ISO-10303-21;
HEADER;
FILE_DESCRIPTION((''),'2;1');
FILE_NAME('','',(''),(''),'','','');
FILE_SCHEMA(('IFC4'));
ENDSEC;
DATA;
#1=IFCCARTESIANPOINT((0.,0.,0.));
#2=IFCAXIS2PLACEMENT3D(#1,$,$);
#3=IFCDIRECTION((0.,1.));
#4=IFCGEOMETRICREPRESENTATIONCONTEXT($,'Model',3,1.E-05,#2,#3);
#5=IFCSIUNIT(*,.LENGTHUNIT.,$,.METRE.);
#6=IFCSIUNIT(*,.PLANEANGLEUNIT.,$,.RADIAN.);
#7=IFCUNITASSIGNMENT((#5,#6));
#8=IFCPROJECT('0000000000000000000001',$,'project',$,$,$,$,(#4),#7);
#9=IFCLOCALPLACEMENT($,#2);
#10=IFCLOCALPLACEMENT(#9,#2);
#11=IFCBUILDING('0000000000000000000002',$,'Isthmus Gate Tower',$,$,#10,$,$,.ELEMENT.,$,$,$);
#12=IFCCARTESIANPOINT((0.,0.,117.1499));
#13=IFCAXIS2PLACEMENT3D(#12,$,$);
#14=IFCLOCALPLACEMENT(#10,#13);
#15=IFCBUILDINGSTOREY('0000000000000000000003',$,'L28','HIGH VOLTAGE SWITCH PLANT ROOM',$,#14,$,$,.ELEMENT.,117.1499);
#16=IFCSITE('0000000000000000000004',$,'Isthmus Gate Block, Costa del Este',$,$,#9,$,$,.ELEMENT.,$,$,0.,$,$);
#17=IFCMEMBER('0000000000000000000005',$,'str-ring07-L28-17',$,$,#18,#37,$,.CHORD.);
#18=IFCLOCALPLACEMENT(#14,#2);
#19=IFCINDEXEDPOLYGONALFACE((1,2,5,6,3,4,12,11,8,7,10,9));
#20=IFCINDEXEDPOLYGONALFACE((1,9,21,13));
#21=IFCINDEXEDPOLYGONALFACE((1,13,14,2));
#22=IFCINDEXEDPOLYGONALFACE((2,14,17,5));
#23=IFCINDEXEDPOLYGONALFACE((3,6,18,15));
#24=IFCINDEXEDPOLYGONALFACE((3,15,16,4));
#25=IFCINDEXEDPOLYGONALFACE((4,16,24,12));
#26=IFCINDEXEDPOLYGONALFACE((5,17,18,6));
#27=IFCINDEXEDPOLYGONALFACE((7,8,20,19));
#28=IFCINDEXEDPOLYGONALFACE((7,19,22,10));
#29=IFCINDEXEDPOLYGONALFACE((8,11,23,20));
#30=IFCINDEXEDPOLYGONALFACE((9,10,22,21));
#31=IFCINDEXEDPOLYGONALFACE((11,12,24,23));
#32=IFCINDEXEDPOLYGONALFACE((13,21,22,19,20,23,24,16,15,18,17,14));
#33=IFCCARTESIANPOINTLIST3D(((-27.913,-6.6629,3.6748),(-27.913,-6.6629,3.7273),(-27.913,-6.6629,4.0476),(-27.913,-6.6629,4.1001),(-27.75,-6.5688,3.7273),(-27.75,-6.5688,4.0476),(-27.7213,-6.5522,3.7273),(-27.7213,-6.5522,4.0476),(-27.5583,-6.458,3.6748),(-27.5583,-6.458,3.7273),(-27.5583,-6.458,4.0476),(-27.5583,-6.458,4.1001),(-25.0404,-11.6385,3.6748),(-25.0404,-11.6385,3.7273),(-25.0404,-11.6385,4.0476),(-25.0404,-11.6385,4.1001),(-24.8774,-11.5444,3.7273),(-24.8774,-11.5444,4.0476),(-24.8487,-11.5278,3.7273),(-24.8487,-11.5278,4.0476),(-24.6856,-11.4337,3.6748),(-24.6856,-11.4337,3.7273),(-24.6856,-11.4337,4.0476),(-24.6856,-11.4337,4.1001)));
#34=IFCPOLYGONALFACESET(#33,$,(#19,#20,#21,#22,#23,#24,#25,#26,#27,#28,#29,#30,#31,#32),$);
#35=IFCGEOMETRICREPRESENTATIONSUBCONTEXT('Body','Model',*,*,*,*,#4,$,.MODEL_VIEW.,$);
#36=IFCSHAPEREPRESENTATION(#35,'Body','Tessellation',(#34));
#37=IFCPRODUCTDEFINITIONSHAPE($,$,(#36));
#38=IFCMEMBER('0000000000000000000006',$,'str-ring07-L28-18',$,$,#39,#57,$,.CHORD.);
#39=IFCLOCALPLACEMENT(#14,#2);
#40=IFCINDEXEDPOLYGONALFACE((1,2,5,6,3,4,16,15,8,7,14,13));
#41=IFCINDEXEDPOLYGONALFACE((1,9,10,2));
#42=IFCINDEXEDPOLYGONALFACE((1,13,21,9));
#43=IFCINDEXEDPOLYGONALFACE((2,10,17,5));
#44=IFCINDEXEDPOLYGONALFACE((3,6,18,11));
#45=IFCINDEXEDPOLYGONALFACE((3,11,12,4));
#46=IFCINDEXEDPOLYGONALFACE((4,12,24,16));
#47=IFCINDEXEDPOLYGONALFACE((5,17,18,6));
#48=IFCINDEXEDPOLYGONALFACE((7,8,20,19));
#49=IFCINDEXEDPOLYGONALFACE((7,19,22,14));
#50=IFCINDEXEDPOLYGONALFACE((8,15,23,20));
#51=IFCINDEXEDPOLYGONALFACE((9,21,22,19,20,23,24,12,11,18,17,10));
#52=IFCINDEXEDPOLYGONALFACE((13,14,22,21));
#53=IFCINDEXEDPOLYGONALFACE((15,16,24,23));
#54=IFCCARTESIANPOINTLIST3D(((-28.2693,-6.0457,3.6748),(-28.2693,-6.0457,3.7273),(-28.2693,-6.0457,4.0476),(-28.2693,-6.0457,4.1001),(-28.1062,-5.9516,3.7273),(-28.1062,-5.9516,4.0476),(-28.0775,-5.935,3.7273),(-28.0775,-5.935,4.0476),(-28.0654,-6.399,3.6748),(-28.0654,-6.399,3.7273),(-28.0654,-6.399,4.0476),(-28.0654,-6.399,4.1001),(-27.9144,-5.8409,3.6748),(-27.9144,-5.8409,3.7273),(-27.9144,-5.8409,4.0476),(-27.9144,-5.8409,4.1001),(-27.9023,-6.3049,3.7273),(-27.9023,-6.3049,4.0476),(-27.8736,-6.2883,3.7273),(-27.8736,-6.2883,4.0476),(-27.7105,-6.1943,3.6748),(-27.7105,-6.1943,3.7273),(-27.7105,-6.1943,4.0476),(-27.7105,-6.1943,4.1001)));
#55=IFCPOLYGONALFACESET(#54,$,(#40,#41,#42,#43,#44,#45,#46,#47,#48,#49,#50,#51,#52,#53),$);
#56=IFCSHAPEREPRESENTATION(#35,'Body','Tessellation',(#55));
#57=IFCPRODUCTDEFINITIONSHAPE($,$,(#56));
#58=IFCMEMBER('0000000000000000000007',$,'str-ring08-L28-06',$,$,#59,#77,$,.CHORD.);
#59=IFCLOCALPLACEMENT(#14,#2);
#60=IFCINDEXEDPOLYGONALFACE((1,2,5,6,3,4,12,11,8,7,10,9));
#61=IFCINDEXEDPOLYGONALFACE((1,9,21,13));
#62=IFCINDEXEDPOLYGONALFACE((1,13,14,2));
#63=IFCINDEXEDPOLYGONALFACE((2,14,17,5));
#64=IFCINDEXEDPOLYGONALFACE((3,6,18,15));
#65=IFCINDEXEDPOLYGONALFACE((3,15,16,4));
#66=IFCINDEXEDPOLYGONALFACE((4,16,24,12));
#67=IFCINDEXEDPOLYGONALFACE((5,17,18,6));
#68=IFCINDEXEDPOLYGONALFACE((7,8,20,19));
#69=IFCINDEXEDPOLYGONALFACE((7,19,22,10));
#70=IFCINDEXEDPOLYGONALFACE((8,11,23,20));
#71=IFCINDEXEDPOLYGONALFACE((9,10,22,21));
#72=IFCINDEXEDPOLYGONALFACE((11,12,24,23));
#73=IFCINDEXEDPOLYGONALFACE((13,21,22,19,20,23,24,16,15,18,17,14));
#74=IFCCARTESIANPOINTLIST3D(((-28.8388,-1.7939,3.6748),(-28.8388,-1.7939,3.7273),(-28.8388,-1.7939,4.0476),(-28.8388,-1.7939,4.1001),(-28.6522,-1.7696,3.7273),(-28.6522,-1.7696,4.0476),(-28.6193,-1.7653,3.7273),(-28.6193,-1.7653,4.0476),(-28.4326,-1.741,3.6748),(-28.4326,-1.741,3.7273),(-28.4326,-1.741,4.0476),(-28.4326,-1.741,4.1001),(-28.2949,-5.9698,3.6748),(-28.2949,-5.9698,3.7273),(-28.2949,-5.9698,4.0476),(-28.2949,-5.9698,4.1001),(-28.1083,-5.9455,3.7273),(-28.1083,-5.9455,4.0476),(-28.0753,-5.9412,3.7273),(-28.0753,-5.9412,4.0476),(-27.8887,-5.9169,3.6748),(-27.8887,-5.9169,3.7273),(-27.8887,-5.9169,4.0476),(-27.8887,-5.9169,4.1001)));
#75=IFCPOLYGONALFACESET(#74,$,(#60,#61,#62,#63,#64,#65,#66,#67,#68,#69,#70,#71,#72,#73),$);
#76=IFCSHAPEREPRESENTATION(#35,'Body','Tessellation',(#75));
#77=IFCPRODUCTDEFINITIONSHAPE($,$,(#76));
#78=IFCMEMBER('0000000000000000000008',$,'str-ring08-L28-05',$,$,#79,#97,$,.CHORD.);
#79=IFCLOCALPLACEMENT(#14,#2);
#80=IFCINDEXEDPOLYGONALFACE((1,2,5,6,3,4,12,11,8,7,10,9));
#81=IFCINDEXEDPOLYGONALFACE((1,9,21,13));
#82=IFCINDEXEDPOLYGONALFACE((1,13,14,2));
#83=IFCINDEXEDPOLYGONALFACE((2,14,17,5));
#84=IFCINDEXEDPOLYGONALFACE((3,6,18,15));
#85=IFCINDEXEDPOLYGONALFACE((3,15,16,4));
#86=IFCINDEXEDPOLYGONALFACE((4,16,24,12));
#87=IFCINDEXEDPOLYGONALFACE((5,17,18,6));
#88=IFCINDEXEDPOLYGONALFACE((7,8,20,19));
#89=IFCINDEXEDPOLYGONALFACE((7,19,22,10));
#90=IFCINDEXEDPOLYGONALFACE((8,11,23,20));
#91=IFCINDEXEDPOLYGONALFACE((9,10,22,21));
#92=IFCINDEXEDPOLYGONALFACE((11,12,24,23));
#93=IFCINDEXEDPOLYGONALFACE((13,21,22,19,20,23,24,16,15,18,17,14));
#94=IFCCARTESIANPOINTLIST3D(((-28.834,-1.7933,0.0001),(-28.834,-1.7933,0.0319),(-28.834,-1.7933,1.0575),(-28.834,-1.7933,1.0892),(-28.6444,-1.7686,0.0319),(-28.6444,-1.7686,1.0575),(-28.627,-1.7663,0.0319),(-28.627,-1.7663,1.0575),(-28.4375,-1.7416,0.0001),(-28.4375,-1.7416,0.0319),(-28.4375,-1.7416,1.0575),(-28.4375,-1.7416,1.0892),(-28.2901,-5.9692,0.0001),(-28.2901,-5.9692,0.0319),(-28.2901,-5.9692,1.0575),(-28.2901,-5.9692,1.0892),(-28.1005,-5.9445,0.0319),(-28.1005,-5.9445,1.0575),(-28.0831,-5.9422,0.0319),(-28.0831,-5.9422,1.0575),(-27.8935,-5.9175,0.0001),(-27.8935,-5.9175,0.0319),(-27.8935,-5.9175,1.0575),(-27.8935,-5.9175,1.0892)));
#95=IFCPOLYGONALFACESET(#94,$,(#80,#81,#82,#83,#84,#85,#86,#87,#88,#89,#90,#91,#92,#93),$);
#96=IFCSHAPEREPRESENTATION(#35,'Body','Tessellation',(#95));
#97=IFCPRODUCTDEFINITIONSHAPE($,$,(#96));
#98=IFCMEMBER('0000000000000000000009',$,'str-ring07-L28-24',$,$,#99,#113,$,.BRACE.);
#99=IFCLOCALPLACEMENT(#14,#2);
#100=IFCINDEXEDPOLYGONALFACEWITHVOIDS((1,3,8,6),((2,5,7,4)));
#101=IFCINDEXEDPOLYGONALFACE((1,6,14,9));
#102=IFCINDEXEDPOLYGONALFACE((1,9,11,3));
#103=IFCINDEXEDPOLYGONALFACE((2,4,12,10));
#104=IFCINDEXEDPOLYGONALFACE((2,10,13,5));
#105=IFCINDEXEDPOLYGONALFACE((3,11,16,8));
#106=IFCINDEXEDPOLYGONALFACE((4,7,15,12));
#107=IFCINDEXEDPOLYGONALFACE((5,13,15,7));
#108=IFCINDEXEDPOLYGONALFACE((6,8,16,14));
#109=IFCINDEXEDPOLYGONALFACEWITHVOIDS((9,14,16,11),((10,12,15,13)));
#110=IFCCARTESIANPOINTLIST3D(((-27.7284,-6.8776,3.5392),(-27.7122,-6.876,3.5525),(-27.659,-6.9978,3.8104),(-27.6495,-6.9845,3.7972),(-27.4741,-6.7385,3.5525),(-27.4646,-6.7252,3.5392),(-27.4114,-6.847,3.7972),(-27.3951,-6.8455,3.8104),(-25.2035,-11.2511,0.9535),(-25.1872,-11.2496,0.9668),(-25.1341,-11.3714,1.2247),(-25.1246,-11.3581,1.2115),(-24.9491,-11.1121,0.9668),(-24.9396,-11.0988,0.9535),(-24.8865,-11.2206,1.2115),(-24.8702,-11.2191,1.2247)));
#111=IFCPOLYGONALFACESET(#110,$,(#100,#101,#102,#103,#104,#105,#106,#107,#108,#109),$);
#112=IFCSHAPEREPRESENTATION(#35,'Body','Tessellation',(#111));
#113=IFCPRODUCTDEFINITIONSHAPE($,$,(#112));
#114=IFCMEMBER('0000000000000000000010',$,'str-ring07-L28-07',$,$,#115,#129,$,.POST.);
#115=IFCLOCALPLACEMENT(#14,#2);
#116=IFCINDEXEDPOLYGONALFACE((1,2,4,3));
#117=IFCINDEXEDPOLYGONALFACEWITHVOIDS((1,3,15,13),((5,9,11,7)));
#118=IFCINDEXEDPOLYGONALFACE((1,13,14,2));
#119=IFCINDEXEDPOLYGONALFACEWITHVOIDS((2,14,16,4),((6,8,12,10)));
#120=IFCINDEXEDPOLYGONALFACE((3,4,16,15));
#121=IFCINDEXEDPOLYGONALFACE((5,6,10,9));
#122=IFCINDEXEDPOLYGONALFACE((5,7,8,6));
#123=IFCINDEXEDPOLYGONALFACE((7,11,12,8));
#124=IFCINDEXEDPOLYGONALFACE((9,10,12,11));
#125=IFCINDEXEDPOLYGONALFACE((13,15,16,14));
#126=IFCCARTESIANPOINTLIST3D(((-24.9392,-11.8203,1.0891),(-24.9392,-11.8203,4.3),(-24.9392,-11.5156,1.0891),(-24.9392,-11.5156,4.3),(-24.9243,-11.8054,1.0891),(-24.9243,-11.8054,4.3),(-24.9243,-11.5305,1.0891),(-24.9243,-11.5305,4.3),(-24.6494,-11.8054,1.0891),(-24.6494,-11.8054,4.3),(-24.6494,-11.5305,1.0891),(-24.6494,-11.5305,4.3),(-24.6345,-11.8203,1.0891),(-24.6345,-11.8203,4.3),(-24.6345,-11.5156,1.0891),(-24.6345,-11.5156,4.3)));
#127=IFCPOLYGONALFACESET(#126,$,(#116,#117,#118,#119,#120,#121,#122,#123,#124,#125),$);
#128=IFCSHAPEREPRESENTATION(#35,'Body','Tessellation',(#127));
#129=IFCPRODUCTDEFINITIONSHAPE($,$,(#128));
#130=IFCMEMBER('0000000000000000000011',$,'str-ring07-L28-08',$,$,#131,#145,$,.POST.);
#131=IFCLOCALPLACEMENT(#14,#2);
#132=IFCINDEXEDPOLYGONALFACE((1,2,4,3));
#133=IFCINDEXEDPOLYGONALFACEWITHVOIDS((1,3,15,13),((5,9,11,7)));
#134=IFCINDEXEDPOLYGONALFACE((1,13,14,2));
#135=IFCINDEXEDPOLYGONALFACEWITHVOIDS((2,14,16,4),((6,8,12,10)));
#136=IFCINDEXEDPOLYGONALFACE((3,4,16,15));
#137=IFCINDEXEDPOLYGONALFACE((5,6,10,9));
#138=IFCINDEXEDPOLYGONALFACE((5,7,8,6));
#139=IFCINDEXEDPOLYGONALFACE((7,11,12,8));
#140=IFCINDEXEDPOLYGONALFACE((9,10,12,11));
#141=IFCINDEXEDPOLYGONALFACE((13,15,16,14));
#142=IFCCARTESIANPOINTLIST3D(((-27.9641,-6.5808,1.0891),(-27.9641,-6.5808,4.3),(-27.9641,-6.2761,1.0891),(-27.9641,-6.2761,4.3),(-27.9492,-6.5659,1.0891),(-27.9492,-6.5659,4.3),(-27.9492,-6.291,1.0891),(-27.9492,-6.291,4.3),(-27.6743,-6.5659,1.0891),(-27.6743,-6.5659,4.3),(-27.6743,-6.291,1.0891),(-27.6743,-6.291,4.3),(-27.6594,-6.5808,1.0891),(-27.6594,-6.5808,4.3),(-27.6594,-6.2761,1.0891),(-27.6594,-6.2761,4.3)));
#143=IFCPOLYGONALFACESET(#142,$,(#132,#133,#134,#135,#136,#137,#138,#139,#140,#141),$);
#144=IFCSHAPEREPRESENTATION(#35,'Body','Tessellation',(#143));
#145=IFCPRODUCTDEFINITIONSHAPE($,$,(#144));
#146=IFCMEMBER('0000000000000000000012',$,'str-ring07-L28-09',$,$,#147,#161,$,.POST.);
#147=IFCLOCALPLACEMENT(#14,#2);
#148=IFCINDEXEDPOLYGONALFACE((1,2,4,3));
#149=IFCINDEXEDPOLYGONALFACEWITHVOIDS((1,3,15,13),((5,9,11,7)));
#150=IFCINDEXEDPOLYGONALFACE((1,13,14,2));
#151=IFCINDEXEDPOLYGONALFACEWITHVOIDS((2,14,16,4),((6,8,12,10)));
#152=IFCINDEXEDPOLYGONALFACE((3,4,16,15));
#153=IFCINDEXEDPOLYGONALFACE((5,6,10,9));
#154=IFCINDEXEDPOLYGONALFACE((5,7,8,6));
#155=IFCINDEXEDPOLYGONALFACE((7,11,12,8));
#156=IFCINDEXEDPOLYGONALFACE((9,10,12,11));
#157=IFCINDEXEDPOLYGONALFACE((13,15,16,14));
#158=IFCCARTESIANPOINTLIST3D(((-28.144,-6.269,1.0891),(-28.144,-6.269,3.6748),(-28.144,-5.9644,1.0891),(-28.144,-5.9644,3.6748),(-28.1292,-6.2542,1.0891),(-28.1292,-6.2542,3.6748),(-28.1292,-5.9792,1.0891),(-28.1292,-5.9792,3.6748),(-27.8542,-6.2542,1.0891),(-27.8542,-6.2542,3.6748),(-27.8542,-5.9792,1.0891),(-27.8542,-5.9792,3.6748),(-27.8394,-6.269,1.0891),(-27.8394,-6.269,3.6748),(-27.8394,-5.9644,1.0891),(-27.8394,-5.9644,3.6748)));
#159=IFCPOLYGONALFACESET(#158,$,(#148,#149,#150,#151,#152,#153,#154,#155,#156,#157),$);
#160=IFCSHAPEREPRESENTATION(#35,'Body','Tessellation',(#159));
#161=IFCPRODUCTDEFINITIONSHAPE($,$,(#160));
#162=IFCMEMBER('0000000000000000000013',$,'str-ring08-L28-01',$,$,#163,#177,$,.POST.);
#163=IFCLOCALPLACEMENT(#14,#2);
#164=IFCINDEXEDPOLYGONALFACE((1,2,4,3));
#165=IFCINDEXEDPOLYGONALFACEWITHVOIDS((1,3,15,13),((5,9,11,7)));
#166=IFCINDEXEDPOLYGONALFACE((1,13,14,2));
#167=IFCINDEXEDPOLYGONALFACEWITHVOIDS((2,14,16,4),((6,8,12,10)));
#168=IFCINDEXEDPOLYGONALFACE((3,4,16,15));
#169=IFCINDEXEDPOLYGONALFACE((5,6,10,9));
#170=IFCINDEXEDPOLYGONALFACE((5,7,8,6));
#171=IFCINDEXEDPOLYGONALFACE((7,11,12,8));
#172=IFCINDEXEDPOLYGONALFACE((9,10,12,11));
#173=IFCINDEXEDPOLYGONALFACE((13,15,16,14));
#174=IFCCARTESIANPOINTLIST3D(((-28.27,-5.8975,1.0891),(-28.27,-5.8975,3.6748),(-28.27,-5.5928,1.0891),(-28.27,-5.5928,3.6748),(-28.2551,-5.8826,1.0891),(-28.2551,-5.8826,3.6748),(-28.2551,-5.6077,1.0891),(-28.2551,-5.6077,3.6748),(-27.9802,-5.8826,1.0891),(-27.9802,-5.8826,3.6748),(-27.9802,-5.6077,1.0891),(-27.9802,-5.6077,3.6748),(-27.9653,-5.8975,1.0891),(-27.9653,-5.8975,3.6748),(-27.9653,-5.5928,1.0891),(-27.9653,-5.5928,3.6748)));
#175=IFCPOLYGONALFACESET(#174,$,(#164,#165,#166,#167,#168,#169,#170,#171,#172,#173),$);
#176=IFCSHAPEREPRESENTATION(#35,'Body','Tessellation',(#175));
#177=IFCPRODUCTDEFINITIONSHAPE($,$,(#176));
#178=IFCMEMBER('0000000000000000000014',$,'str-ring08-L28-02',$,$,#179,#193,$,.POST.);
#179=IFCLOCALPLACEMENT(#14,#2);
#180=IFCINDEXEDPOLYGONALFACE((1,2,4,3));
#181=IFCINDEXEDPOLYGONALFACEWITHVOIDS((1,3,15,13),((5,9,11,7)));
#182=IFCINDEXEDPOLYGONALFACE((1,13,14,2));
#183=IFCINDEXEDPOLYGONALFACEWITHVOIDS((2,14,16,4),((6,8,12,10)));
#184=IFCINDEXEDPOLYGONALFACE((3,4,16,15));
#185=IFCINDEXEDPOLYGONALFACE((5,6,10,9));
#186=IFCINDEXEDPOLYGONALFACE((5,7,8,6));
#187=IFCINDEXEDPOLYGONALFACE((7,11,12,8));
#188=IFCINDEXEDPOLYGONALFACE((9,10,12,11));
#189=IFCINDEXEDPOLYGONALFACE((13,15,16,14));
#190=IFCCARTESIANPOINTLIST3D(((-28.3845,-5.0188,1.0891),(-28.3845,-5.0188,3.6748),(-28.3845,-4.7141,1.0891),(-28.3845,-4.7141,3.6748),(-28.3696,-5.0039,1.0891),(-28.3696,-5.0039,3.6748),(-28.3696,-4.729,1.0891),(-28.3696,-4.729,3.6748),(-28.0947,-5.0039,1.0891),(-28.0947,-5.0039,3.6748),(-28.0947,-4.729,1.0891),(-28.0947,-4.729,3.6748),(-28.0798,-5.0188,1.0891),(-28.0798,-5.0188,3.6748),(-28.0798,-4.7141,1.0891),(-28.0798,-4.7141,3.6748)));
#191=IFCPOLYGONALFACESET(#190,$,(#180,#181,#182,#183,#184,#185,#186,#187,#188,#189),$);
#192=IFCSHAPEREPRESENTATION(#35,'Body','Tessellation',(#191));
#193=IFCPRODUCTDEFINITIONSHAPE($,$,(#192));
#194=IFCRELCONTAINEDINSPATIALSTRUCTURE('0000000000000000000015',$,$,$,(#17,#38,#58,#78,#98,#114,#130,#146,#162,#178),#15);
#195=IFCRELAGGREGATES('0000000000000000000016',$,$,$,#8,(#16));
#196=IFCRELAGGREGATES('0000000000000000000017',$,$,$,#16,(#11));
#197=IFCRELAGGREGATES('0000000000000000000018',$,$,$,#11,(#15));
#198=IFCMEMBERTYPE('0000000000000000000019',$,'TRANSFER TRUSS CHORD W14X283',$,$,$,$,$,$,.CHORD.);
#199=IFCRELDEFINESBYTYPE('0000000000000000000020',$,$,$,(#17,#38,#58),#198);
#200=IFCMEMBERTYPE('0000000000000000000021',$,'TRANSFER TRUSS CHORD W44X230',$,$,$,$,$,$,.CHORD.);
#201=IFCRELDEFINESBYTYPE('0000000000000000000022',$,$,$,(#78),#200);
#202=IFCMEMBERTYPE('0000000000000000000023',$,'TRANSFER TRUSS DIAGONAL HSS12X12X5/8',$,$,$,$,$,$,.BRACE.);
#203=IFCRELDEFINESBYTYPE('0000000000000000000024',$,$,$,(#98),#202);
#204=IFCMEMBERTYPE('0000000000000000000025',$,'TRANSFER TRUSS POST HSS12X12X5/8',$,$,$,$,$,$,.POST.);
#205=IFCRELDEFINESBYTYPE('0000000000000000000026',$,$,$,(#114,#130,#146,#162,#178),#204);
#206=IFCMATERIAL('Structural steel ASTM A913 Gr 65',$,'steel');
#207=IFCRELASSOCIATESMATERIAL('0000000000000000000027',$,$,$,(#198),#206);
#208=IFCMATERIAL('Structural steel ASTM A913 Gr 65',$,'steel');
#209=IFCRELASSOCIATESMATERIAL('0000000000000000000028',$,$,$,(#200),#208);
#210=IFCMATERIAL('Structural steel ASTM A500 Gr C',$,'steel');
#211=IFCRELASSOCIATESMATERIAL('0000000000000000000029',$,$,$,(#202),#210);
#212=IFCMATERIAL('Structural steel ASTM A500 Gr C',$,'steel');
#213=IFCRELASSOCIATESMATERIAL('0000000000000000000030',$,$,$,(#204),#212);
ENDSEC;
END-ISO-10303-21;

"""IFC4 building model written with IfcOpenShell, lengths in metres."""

from ifc_helpers import new_model, si_unit, direction, frame, origin, origin_2d, place, context, subcontext, project, spatial, hollow_rectangle, i_section, extrude, material, material_profile, profile_set, type_object, element, save


model = new_model("IFC4")

# Units and contexts
model_context = context("Model", 3, precision=1e-05, world=origin(), true_north=direction((0.0, 1.0)))
body_context = subcontext(model_context, "Body", "Model", "MODEL_VIEW")
ifc_project = project(units=[si_unit("LENGTHUNIT", "METRE"), si_unit("PLANEANGLEUNIT", "RADIAN")], contexts=[model_context])

# Site, building, storey
site_placement = place(None, origin())
site = spatial("IfcSite", under=ifc_project, at=site_placement, Name="Isthmus Gate Block, Costa del Este", CompositionType="ELEMENT", RefElevation=0.0)
building_placement = place(site_placement, origin())
building = spatial("IfcBuilding", under=site, at=building_placement, Name="Isthmus Gate Tower", CompositionType="ELEMENT")
storey_placement = place(building_placement, frame((0.0, 0.0, 117.1499)))
storey = spatial("IfcBuildingStorey", under=building, at=storey_placement, Name="L28", Description="HIGH VOLTAGE SWITCH PLANT ROOM", CompositionType="ELEMENT", Elevation=117.1499)

# Members
ifc_material_1 = material(Name="Structural steel ASTM A913 Gr 65", Category="steel")
ifc_material_profile_1 = material_profile(ifc_material_1, i_section(OverallWidth=0.4097, OverallDepth=0.4253, WebThickness=0.0332, FlangeThickness=0.0525, at=origin_2d()), Name="W14X283")
ifc_profile_set_1 = profile_set([ifc_material_profile_1], Name="Structural steel ASTM A913 Gr 65")
member_type_1 = type_object("IfcMemberType", Name="TRANSFER TRUSS CHORD W14X283", PredefinedType="CHORD", material=ifc_profile_set_1)
member_1_placement = place(storey_placement, frame((-24.863, -11.5361, 3.8875), z_axis=(-0.499987, 0.866033, 0.0), x_axis=(-0.866033, -0.499987, 0.0)))
element("IfcMember", 1, at=member_1_placement, inside=storey, type_object=member_type_1, Name="str-ring07-L28-17", PredefinedType="CHORD", context=body_context, shape_type="SweptSolid", body=[
    extrude(i_section(OverallWidth=0.4097, OverallDepth=0.4253, WebThickness=0.0332, FlangeThickness=0.0525, at=origin_2d()), origin(), (0.0, 0.0, 1.0), 5.7454),
])
member_2_placement = place(storey_placement, frame((-27.8879, -6.2966, 3.8875), z_axis=(-0.499809, 0.866136, 0.0), x_axis=(-0.866136, -0.499809, 0.0)))
element("IfcMember", 2, at=member_2_placement, inside=storey, type_object=member_type_1, Name="str-ring07-L28-18", PredefinedType="CHORD", context=body_context, shape_type="SweptSolid", body=[
    extrude(i_section(OverallWidth=0.4097, OverallDepth=0.4253, WebThickness=0.0332, FlangeThickness=0.0525, at=origin_2d()), origin(), (0.0, 0.0, 1.0), 0.408),
])
member_3_placement = place(storey_placement, frame((-28.0918, -5.9434, 3.8875), z_axis=(-0.129163, 0.991623, 0.0), x_axis=(-0.991623, -0.129163, 0.0)))
element("IfcMember", 3, at=member_3_placement, inside=storey, type_object=member_type_1, Name="str-ring08-L28-06", PredefinedType="CHORD", context=body_context, shape_type="SweptSolid", body=[
    extrude(i_section(OverallWidth=0.4097, OverallDepth=0.4253, WebThickness=0.0332, FlangeThickness=0.0525, at=origin_2d()), origin(), (0.0, 0.0, 1.0), 4.2112),
])
ifc_material_2 = material(Name="Structural steel ASTM A913 Gr 65", Category="steel")
ifc_material_profile_2 = material_profile(ifc_material_2, i_section(OverallWidth=0.3999, OverallDepth=1.0891, WebThickness=0.0176, FlangeThickness=0.0317, at=origin_2d()), Name="W44X230")
ifc_profile_set_2 = profile_set([ifc_material_profile_2], Name="Structural steel ASTM A913 Gr 65")
member_type_2 = type_object("IfcMemberType", Name="TRANSFER TRUSS CHORD W44X230", PredefinedType="CHORD", material=ifc_profile_set_2)
member_4_placement = place(storey_placement, frame((-28.0918, -5.9434, 0.5447), z_axis=(-0.129163, 0.991623, 0.0), x_axis=(-0.991623, -0.129163, 0.0)))
element("IfcMember", 4, at=member_4_placement, inside=storey, type_object=member_type_2, Name="str-ring08-L28-05", PredefinedType="CHORD", context=body_context, shape_type="SweptSolid", body=[
    extrude(i_section(OverallWidth=0.3999, OverallDepth=1.0891, WebThickness=0.0176, FlangeThickness=0.0317, at=origin_2d()), origin(), (0.0, 0.0, 1.0), 4.2112),
])
ifc_material_3 = material(Name="Structural steel ASTM A500 Gr C", Category="steel")
ifc_material_profile_3 = material_profile(ifc_material_3, hollow_rectangle(XDim=0.3047, YDim=0.3047, WallThickness=0.0149, at=origin_2d()), Name="HSS12X12X5/8")
ifc_profile_set_3 = profile_set([ifc_material_profile_3], Name="Structural steel ASTM A500 Gr C")
member_type_3 = type_object("IfcMemberType", Name="TRANSFER TRUSS DIAGONAL HSS12X12X5/8", PredefinedType="BRACE", material=ifc_profile_set_3)
member_5_placement = place(storey_placement, frame((-25.0369, -11.2351, 1.0891), z_axis=(-0.445033, 0.770869, 0.455748), x_axis=(-0.866039, -0.499976, 0.0)))
element("IfcMember", 5, at=member_5_placement, inside=storey, type_object=member_type_3, Name="str-ring07-L28-24", PredefinedType="BRACE", context=body_context, shape_type="SweptSolid", body=[
    extrude(hollow_rectangle(XDim=0.3047, YDim=0.3047, WallThickness=0.0149, at=origin_2d()), origin(), (0.0, 0.0, 1.0), 5.6736),
])
ifc_material_4 = material(Name="Structural steel ASTM A500 Gr C", Category="steel")
ifc_material_profile_4 = material_profile(ifc_material_4, hollow_rectangle(XDim=0.3047, YDim=0.3047, WallThickness=0.0149, at=origin_2d()), Name="HSS12X12X5/8")
ifc_profile_set_4 = profile_set([ifc_material_profile_4], Name="Structural steel ASTM A500 Gr C")
member_type_4 = type_object("IfcMemberType", Name="TRANSFER TRUSS POST HSS12X12X5/8", PredefinedType="POST", material=ifc_profile_set_4)
for number, where, z_axis, x_axis, name in (
    (6, (-24.7869, -11.668, 1.0891), (0.0, 0.0, 1.0), (1.0, 0.0, 0.0), "str-ring07-L28-07"),
    (7, (-27.8118, -6.4285, 1.0891), (0.0, 0.0, 1.0), (1.0, 0.0, 0.0), "str-ring07-L28-08"),
):
    element("IfcMember", number, at=place(storey_placement, frame(where, z_axis=z_axis, x_axis=x_axis)), inside=storey, type_object=member_type_4, Name=name, PredefinedType="POST", context=body_context, shape_type="SweptSolid", body=[
        extrude(hollow_rectangle(XDim=0.3047, YDim=0.3047, WallThickness=0.0149, at=origin_2d()), origin(), (0.0, 0.0, 1.0), 3.2109),
    ])
for number, where, z_axis, x_axis, name in (
    (8, (-27.9917, -6.1167, 1.0891), (0.0, 0.0, 1.0), (1.0, 0.0, 0.0), "str-ring07-L28-09"),
    (9, (-28.1177, -5.7451, 1.0891), (0.0, 0.0, 1.0), (1.0, 0.0, 0.0), "str-ring08-L28-01"),
    (10, (-28.2322, -4.8665, 1.0891), (0.0, 0.0, 1.0), (1.0, 0.0, 0.0), "str-ring08-L28-02"),
):
    element("IfcMember", number, at=place(storey_placement, frame(where, z_axis=z_axis, x_axis=x_axis)), inside=storey, type_object=member_type_4, Name=name, PredefinedType="POST", context=body_context, shape_type="SweptSolid", body=[
        extrude(hollow_rectangle(XDim=0.3047, YDim=0.3047, WallThickness=0.0149, at=origin_2d()), origin(), (0.0, 0.0, 1.0), 2.5857),
    ])

save(model, "model.ifc")
